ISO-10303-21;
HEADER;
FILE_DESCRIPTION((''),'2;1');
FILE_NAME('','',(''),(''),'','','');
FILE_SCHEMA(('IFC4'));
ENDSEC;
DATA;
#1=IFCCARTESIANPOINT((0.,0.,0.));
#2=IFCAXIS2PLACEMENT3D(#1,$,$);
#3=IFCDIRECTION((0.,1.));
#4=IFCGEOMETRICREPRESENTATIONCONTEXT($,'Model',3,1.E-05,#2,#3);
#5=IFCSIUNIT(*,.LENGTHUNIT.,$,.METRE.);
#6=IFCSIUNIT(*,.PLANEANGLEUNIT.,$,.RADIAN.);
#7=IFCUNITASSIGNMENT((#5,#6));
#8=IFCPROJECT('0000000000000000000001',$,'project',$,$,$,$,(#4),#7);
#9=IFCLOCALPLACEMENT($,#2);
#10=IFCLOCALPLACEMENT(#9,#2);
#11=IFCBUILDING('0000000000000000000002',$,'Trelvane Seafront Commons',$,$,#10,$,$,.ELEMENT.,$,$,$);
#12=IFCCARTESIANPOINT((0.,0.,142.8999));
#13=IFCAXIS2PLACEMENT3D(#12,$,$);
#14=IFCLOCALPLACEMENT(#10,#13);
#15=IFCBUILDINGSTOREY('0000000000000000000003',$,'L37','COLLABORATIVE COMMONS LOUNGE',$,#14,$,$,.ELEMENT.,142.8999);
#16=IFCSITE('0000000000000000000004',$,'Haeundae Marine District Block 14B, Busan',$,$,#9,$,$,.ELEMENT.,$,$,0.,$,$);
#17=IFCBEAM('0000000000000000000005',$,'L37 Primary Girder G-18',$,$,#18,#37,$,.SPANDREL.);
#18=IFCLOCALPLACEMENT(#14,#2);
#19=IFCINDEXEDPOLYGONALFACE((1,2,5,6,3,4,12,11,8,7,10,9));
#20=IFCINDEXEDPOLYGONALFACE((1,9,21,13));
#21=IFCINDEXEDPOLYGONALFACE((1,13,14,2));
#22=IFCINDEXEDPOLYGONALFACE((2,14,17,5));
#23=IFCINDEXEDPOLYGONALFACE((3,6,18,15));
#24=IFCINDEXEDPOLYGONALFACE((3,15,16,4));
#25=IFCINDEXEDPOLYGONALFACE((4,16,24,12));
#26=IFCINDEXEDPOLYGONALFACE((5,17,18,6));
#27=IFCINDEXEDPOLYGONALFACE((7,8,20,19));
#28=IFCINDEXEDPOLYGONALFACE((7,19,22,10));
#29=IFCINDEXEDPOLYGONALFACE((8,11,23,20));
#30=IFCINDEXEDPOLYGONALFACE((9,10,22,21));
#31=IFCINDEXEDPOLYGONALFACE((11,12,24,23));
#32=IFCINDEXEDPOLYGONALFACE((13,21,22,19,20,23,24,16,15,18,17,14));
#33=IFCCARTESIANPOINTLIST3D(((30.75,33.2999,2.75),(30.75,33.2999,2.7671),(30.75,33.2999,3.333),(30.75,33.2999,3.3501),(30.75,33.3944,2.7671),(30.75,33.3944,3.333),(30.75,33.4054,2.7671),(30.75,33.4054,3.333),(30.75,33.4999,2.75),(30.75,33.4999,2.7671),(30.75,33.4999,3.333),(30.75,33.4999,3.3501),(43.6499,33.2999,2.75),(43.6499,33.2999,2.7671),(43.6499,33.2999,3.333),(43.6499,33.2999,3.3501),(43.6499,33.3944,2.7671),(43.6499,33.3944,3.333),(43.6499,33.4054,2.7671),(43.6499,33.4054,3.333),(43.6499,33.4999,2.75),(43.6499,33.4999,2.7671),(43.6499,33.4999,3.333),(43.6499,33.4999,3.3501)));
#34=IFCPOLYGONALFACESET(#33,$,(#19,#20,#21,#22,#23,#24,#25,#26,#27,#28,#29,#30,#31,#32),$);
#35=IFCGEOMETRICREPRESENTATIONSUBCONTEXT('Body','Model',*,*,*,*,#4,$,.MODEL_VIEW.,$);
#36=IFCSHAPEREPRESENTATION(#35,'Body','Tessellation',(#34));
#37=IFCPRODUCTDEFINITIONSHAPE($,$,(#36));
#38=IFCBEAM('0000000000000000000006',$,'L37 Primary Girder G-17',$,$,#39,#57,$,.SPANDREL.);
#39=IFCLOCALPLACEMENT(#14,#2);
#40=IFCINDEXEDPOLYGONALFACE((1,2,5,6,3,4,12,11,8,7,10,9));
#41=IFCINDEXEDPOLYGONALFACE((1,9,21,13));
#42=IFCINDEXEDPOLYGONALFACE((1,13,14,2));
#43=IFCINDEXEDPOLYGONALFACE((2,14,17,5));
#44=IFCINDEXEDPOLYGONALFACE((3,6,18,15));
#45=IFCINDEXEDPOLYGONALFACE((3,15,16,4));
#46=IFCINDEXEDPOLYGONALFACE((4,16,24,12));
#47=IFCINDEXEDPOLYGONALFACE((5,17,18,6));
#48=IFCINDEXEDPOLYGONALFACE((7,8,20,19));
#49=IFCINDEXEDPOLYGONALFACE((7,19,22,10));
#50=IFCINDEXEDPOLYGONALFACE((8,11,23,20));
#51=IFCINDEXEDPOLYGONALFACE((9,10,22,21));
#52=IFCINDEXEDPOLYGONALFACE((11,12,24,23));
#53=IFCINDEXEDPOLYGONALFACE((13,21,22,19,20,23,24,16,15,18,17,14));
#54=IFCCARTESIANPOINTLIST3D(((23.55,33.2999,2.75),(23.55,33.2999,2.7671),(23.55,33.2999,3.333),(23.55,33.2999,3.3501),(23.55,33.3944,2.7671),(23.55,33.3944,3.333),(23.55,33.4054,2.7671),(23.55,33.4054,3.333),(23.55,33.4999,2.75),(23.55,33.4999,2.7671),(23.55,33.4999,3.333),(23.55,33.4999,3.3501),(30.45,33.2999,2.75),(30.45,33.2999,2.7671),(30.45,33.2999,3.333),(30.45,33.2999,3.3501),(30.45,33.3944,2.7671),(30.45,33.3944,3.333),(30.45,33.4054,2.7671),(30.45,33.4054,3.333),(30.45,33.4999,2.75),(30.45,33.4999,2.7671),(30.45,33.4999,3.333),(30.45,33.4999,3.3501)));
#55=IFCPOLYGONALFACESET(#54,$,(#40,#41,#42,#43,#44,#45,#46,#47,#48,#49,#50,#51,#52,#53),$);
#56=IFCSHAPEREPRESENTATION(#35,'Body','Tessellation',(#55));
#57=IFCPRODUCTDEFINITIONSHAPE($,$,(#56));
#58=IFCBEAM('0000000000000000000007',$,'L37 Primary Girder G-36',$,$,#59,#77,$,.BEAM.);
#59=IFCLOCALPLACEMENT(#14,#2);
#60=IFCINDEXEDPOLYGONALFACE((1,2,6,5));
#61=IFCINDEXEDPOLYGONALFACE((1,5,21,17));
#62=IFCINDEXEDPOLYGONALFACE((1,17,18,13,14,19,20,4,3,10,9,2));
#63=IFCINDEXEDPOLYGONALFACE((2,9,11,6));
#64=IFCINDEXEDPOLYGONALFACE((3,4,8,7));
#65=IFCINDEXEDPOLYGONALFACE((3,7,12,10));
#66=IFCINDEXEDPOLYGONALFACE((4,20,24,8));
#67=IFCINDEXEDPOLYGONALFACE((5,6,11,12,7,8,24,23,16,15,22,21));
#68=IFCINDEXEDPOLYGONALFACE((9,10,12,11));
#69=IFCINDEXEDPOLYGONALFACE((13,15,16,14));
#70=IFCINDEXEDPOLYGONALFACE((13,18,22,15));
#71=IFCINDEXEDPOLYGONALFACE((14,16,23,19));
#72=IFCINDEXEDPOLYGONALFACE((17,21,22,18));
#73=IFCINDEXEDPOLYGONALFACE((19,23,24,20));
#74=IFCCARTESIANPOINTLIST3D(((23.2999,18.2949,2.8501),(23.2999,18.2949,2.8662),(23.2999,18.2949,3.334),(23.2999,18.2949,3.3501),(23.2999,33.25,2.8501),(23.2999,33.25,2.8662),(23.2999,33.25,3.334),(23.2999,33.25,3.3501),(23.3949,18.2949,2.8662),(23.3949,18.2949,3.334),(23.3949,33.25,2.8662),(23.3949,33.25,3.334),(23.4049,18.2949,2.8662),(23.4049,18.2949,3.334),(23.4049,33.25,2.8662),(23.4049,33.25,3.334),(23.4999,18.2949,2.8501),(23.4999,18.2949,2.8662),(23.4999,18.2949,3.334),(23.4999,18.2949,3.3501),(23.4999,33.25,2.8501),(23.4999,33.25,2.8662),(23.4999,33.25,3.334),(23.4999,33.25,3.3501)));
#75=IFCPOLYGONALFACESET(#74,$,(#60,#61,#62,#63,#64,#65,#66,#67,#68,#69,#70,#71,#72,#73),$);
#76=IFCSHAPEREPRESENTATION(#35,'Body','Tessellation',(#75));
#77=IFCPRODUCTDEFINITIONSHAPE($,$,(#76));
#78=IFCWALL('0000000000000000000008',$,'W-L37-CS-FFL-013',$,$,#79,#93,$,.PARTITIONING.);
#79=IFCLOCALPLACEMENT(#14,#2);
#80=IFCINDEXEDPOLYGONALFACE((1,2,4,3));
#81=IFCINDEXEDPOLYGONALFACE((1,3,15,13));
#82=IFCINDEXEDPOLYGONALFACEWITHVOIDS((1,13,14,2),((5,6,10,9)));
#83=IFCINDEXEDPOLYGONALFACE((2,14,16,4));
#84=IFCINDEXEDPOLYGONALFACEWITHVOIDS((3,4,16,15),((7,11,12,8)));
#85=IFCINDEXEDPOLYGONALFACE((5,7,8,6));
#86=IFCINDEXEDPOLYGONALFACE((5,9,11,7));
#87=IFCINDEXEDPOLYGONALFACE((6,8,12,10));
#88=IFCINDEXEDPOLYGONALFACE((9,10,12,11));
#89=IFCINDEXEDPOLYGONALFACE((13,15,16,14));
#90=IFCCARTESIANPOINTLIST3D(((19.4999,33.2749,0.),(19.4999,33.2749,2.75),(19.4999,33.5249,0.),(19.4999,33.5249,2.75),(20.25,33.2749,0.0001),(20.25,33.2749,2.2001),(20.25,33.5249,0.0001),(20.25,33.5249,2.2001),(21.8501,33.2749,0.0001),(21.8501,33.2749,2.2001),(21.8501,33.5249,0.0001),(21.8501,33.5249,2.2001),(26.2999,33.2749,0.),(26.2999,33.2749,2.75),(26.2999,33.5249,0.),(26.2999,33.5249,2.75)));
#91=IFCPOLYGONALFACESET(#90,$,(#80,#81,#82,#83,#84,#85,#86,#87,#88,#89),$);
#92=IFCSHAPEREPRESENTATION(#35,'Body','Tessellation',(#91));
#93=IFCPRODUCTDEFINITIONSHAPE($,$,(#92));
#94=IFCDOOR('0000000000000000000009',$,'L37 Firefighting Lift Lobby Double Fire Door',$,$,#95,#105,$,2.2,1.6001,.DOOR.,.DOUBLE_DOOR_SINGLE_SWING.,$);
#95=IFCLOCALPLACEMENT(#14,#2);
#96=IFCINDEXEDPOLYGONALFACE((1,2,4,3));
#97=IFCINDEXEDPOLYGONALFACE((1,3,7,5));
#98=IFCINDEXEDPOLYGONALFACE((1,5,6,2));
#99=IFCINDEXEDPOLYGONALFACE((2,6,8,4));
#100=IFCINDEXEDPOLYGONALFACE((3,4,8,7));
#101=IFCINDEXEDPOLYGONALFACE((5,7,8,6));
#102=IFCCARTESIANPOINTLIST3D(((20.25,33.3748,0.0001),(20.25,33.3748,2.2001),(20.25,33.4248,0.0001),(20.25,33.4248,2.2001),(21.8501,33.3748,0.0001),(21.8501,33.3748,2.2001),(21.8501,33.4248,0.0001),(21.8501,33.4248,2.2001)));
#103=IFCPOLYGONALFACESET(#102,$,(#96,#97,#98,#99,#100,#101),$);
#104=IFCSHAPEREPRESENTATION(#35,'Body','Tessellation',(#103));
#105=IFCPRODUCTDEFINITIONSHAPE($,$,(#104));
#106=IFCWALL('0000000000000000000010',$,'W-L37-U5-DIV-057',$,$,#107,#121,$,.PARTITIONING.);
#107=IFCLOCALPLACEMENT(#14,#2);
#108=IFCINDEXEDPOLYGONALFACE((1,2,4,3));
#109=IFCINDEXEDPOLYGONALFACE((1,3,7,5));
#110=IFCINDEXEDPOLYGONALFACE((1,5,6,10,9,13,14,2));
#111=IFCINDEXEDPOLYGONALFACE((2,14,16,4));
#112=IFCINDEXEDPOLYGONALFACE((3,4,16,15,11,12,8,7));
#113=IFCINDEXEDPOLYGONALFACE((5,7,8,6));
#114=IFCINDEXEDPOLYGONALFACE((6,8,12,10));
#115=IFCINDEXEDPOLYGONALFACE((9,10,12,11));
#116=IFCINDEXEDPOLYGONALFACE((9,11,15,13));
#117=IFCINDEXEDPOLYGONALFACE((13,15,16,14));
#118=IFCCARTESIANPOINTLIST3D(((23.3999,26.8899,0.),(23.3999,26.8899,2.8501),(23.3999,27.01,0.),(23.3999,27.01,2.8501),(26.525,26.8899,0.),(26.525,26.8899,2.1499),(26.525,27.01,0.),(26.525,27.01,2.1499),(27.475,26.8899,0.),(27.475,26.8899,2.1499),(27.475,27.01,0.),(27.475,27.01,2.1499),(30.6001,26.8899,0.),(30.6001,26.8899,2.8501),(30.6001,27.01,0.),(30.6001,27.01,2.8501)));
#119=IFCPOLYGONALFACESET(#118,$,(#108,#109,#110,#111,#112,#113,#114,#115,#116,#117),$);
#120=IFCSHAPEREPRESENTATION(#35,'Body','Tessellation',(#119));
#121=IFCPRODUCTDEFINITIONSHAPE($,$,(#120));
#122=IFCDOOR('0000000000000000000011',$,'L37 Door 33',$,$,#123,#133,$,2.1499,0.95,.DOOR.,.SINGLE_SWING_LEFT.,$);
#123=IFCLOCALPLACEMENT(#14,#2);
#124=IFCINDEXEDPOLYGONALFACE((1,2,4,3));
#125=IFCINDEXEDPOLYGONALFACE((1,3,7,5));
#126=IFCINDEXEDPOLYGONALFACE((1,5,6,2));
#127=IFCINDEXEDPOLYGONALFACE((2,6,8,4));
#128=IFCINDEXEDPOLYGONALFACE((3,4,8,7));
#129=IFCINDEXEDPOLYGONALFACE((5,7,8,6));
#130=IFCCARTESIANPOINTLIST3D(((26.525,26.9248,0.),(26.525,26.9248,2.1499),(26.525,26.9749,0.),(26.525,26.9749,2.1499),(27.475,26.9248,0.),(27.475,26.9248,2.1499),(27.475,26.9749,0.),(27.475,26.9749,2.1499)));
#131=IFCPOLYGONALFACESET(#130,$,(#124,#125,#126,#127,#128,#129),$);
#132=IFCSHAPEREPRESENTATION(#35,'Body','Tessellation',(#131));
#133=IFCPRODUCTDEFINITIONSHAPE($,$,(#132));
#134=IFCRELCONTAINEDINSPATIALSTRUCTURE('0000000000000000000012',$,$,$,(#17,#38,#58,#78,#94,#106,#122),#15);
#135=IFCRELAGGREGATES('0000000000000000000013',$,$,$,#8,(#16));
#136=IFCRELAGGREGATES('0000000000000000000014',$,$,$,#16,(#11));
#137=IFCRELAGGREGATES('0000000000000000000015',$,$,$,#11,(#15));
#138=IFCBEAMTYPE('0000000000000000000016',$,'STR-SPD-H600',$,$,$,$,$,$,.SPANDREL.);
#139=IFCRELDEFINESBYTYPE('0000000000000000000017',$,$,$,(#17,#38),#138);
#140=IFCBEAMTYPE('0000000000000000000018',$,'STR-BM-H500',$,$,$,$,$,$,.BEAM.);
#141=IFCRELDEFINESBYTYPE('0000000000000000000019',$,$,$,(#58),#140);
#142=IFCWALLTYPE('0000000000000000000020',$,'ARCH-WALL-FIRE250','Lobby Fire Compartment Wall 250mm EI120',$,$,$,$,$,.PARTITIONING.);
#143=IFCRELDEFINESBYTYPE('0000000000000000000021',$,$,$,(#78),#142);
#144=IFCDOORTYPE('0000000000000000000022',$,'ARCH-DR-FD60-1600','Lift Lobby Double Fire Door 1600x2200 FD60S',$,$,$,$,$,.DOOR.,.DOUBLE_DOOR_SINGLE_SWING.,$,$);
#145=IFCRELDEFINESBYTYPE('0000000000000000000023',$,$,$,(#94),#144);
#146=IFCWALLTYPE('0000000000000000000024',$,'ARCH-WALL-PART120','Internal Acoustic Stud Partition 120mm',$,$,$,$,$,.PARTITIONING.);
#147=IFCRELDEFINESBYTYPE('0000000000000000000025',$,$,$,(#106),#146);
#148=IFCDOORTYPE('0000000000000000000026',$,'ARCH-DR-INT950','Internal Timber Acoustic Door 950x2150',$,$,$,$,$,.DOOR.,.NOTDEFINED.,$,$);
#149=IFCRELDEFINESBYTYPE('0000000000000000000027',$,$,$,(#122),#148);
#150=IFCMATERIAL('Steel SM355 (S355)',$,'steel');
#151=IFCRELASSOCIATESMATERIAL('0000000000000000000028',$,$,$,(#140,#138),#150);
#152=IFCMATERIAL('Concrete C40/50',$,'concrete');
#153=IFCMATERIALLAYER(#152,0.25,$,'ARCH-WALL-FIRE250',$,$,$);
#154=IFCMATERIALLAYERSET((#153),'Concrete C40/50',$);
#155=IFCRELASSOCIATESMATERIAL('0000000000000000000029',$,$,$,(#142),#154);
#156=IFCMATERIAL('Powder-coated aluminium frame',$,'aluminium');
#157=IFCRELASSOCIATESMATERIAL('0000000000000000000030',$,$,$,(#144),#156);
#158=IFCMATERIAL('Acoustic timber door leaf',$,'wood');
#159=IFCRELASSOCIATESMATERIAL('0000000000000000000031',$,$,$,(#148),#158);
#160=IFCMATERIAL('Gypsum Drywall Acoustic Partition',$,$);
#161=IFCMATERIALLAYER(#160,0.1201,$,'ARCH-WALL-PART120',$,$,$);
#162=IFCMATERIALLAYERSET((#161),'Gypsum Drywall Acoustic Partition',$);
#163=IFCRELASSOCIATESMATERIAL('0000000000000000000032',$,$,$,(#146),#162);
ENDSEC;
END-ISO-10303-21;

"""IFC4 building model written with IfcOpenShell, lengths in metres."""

from ifc_helpers import new_model, si_unit, direction, frame, frame_2d, origin, origin_2d, place, context, subcontext, project, spatial, rectangle, i_section, extrude, source, transform, mapped, material, layer, layer_set, material_profile, profile_set, type_object, element, fill, save


model = new_model("IFC4")

# Units and contexts
model_context = context("Model", 3, precision=1e-05, world=origin(), true_north=direction((0.0, 1.0)))
body_context = subcontext(model_context, "Body", "Model", "MODEL_VIEW")
ifc_project = project(units=[si_unit("LENGTHUNIT", "METRE"), si_unit("PLANEANGLEUNIT", "RADIAN")], contexts=[model_context])

# Site, building, storey
site_placement = place(None, origin())
site = spatial("IfcSite", under=ifc_project, at=site_placement, Name="Haeundae Marine District Block 14B, Busan", CompositionType="ELEMENT", RefElevation=0.0)
building_placement = place(site_placement, origin())
building = spatial("IfcBuilding", under=site, at=building_placement, Name="Trelvane Seafront Commons", CompositionType="ELEMENT")
storey_placement = place(building_placement, frame((0.0, 0.0, 142.8999)))
storey = spatial("IfcBuildingStorey", under=building, at=storey_placement, Name="L37", Description="COLLABORATIVE COMMONS LOUNGE", CompositionType="ELEMENT", Elevation=142.8999)

# Shared definitions
ifc_material_1 = material(Name="Steel SM355 (S355)", Category="steel")

# Beams
ifc_material_profile_1 = material_profile(ifc_material_1, i_section(OverallWidth=0.2, OverallDepth=0.5, WebThickness=0.01, FlangeThickness=0.0161, at=origin_2d()), Name="H-500x200x10x16")
ifc_profile_set_1 = profile_set([ifc_material_profile_1], Name="Steel SM355 (S355)")
beam_type_1 = type_object("IfcBeamType", Name="STR-BM-H500", PredefinedType="BEAM", material=ifc_profile_set_1)
ifc_material_profile_2 = material_profile(ifc_material_1, i_section(OverallWidth=0.2, OverallDepth=0.6001, WebThickness=0.011, FlangeThickness=0.0171, at=origin_2d()), Name="H-600x200x11x17")
ifc_profile_set_2 = profile_set([ifc_material_profile_2], Name="Steel SM355 (S355)")
beam_type_2 = type_object("IfcBeamType", Name="STR-SPD-H600", PredefinedType="SPANDREL", material=ifc_profile_set_2)
shared_shape_1 = source(origin(), body_context, "Body", "SweptSolid", [
    extrude(i_section(OverallWidth=0.2, OverallDepth=0.6001, WebThickness=0.011, FlangeThickness=0.0171, at=origin_2d()), origin(), (0.0, 0.0, 1.0), 12.8999),
])
for number, where, z_axis, x_axis, name in (
    (1, (30.75, 33.3999, 3.05), (1.0, 0.0, 0.0), (0.0, 1.0, 0.0), "L37 Primary Girder G-18"),
):
    element("IfcBeam", number, at=place(storey_placement, frame(where, z_axis=z_axis, x_axis=x_axis)), inside=storey, type_object=beam_type_2, Name=name, PredefinedType="SPANDREL", context=body_context, shape_type="MappedRepresentation", body=[
        mapped(shared_shape_1, transform((0.0, 0.0, 0.0), x_axis=(1.0, 0.0, 0.0), y_axis=(0.0, 1.0, 0.0), z_axis=(0.0, 0.0, 1.0), scale=1.0)),
    ])
shared_shape_2 = source(origin(), body_context, "Body", "SweptSolid", [
    extrude(i_section(OverallWidth=0.2, OverallDepth=0.6001, WebThickness=0.011, FlangeThickness=0.0171, at=origin_2d()), origin(), (0.0, 0.0, 1.0), 6.8999),
])
beam_1_placement = place(storey_placement, frame((23.55, 33.3999, 3.05), z_axis=(1.0, 0.0, 0.0), x_axis=(0.0, 1.0, 0.0)))
element("IfcBeam", 2, at=beam_1_placement, inside=storey, type_object=beam_type_2, Name="L37 Primary Girder G-17", PredefinedType="SPANDREL", context=body_context, shape_type="MappedRepresentation", body=[
    mapped(shared_shape_2, transform((0.0, 0.0, 0.0), x_axis=(1.0, 0.0, 0.0), y_axis=(0.0, 1.0, 0.0), z_axis=(0.0, 0.0, 1.0), scale=1.0)),
])
shared_shape_3 = source(origin(), body_context, "Body", "SweptSolid", [
    extrude(i_section(OverallWidth=0.2, OverallDepth=0.5, WebThickness=0.01, FlangeThickness=0.0161, at=origin_2d()), origin(), (0.0, 0.0, 1.0), 14.9551),
])
beam_2_placement = place(storey_placement, frame((23.3999, 18.2949, 3.1001), z_axis=(0.0, 1.0, 0.0), x_axis=(-1.0, 0.0, 0.0)))
element("IfcBeam", 3, at=beam_2_placement, inside=storey, type_object=beam_type_1, Name="L37 Primary Girder G-36", PredefinedType="BEAM", context=body_context, shape_type="MappedRepresentation", body=[
    mapped(shared_shape_3, transform((0.0, 0.0, 0.0), x_axis=(1.0, 0.0, 0.0), y_axis=(0.0, 1.0, 0.0), z_axis=(0.0, 0.0, 1.0), scale=1.0)),
])

# Walls, openings, doors
ifc_material_2 = material(Name="Concrete C40/50", Category="concrete")
ifc_layer_1 = layer(ifc_material_2, 0.25, Name="ARCH-WALL-FIRE250")
ifc_layer_set_1 = layer_set([ifc_layer_1], Name="Concrete C40/50")
wall_type_1 = type_object("IfcWallType", Name="ARCH-WALL-FIRE250", Description="Lobby Fire Compartment Wall 250mm EI120", PredefinedType="PARTITIONING", material=ifc_layer_set_1)
wall_1_placement = place(storey_placement, frame((19.5, 33.3999, 0.0), z_axis=(0.0, 0.0, 1.0), x_axis=(1.0, 0.0, 0.0)))
wall_1 = element("IfcWall", 4, at=wall_1_placement, inside=storey, type_object=wall_type_1, Name="W-L37-CS-FFL-013", PredefinedType="PARTITIONING", context=body_context, shape_type="SweptSolid", body=[
    extrude(rectangle(XDim=6.8, YDim=0.25, at=frame_2d((3.3999, 0.0))), origin(), (0.0, 0.0, 1.0), 2.75),
])
opening_1_placement = place(wall_1_placement, frame((0.75, 0.0, 0.0)))
opening_1 = element("IfcOpeningElement", 5, at=opening_1_placement, cuts=wall_1, PredefinedType="OPENING", context=body_context, shape_type="SweptSolid", body=[
    extrude(rectangle(XDim=1.6001, YDim=2.2, at=frame_2d((0.8, 1.1001))), frame((0.0, 0.135, 0.0), z_axis=(0.0, -1.0, 0.0), x_axis=(1.0, 0.0, 0.0)), (0.0, 0.0, 1.0), 0.27),
])
ifc_material_3 = material(Name="Powder-coated aluminium frame", Category="aluminium")
door_type_1 = type_object("IfcDoorType", Name="ARCH-DR-FD60-1600", Description="Lift Lobby Double Fire Door 1600x2200 FD60S", OperationType="DOUBLE_DOOR_SINGLE_SWING", PredefinedType="DOOR", material=ifc_material_3)
shared_shape_4 = source(origin(), body_context, "Body", "SweptSolid", [
    extrude(rectangle(XDim=1.6001, YDim=2.2, at=frame_2d((0.8, 1.1001))), frame((0.0, 0.0249, 0.0), z_axis=(0.0, -1.0, 0.0), x_axis=(1.0, 0.0, 0.0)), (0.0, 0.0, 1.0), 0.05),
])
door_1_placement = place(opening_1_placement, origin())
door_1 = element("IfcDoor", 6, at=door_1_placement, inside=storey, type_object=door_type_1, Name="L37 Firefighting Lift Lobby Double Fire Door", OperationType="DOUBLE_DOOR_SINGLE_SWING", OverallHeight=2.2, OverallWidth=1.6001, PredefinedType="DOOR", context=body_context, shape_type="MappedRepresentation", body=[
    mapped(shared_shape_4, transform((0.0, 0.0, 0.0), x_axis=(1.0, 0.0, 0.0), y_axis=(0.0, 1.0, 0.0), z_axis=(0.0, 0.0, 1.0), scale=1.0)),
])
fill(opening_1, door_1)
ifc_material_4 = material(Name="Acoustic timber door leaf", Category="wood")
door_type_2 = type_object("IfcDoorType", Name="ARCH-DR-INT950", Description="Internal Timber Acoustic Door 950x2150", OperationType="NOTDEFINED", PredefinedType="DOOR", material=ifc_material_4)
shared_shape_5 = source(origin(), body_context, "Body", "SweptSolid", [
    extrude(rectangle(XDim=0.95, YDim=2.1499, at=frame_2d((0.4751, 1.075))), frame((0.0, 0.0249, 0.0), z_axis=(0.0, -1.0, 0.0), x_axis=(1.0, 0.0, 0.0)), (0.0, 0.0, 1.0), 0.05),
])
ifc_material_5 = material(Name="Gypsum Drywall Acoustic Partition")
ifc_layer_2 = layer(ifc_material_5, 0.1201, Name="ARCH-WALL-PART120")
ifc_layer_set_2 = layer_set([ifc_layer_2], Name="Gypsum Drywall Acoustic Partition")
wall_type_2 = type_object("IfcWallType", Name="ARCH-WALL-PART120", Description="Internal Acoustic Stud Partition 120mm", PredefinedType="PARTITIONING", material=ifc_layer_set_2)
wall_2_placement = place(storey_placement, frame((23.3999, 26.95, 0.0), z_axis=(0.0, 0.0, 1.0), x_axis=(1.0, 0.0, 0.0)))
wall_2 = element("IfcWall", 7, at=wall_2_placement, inside=storey, type_object=wall_type_2, Name="W-L37-U5-DIV-057", PredefinedType="PARTITIONING", context=body_context, shape_type="SweptSolid", body=[
    extrude(rectangle(XDim=7.2002, YDim=0.1201, at=frame_2d((3.6001, 0.0))), origin(), (0.0, 0.0, 1.0), 2.8501),
])
opening_2_placement = place(wall_2_placement, frame((3.125, 0.0, 0.0)))
opening_2 = element("IfcOpeningElement", 8, at=opening_2_placement, cuts=wall_2, PredefinedType="OPENING", context=body_context, shape_type="SweptSolid", body=[
    extrude(rectangle(XDim=0.95, YDim=2.1499, at=frame_2d((0.4751, 1.075))), frame((0.0, 0.0701, 0.0), z_axis=(0.0, -1.0, 0.0), x_axis=(1.0, 0.0, 0.0)), (0.0, 0.0, 1.0), 0.1401),
])
door_2_placement = place(opening_2_placement, origin())
door_2 = element("IfcDoor", 9, at=door_2_placement, inside=storey, type_object=door_type_2, Name="L37 Door 33", OperationType="SINGLE_SWING_LEFT", OverallHeight=2.1499, OverallWidth=0.95, PredefinedType="DOOR", context=body_context, shape_type="MappedRepresentation", body=[
    mapped(shared_shape_5, transform((0.0, 0.0, 0.0), x_axis=(1.0, 0.0, 0.0), y_axis=(0.0, 1.0, 0.0), z_axis=(0.0, 0.0, 1.0), scale=1.0)),
])
fill(opening_2, door_2)

save(model, "model.ifc")
